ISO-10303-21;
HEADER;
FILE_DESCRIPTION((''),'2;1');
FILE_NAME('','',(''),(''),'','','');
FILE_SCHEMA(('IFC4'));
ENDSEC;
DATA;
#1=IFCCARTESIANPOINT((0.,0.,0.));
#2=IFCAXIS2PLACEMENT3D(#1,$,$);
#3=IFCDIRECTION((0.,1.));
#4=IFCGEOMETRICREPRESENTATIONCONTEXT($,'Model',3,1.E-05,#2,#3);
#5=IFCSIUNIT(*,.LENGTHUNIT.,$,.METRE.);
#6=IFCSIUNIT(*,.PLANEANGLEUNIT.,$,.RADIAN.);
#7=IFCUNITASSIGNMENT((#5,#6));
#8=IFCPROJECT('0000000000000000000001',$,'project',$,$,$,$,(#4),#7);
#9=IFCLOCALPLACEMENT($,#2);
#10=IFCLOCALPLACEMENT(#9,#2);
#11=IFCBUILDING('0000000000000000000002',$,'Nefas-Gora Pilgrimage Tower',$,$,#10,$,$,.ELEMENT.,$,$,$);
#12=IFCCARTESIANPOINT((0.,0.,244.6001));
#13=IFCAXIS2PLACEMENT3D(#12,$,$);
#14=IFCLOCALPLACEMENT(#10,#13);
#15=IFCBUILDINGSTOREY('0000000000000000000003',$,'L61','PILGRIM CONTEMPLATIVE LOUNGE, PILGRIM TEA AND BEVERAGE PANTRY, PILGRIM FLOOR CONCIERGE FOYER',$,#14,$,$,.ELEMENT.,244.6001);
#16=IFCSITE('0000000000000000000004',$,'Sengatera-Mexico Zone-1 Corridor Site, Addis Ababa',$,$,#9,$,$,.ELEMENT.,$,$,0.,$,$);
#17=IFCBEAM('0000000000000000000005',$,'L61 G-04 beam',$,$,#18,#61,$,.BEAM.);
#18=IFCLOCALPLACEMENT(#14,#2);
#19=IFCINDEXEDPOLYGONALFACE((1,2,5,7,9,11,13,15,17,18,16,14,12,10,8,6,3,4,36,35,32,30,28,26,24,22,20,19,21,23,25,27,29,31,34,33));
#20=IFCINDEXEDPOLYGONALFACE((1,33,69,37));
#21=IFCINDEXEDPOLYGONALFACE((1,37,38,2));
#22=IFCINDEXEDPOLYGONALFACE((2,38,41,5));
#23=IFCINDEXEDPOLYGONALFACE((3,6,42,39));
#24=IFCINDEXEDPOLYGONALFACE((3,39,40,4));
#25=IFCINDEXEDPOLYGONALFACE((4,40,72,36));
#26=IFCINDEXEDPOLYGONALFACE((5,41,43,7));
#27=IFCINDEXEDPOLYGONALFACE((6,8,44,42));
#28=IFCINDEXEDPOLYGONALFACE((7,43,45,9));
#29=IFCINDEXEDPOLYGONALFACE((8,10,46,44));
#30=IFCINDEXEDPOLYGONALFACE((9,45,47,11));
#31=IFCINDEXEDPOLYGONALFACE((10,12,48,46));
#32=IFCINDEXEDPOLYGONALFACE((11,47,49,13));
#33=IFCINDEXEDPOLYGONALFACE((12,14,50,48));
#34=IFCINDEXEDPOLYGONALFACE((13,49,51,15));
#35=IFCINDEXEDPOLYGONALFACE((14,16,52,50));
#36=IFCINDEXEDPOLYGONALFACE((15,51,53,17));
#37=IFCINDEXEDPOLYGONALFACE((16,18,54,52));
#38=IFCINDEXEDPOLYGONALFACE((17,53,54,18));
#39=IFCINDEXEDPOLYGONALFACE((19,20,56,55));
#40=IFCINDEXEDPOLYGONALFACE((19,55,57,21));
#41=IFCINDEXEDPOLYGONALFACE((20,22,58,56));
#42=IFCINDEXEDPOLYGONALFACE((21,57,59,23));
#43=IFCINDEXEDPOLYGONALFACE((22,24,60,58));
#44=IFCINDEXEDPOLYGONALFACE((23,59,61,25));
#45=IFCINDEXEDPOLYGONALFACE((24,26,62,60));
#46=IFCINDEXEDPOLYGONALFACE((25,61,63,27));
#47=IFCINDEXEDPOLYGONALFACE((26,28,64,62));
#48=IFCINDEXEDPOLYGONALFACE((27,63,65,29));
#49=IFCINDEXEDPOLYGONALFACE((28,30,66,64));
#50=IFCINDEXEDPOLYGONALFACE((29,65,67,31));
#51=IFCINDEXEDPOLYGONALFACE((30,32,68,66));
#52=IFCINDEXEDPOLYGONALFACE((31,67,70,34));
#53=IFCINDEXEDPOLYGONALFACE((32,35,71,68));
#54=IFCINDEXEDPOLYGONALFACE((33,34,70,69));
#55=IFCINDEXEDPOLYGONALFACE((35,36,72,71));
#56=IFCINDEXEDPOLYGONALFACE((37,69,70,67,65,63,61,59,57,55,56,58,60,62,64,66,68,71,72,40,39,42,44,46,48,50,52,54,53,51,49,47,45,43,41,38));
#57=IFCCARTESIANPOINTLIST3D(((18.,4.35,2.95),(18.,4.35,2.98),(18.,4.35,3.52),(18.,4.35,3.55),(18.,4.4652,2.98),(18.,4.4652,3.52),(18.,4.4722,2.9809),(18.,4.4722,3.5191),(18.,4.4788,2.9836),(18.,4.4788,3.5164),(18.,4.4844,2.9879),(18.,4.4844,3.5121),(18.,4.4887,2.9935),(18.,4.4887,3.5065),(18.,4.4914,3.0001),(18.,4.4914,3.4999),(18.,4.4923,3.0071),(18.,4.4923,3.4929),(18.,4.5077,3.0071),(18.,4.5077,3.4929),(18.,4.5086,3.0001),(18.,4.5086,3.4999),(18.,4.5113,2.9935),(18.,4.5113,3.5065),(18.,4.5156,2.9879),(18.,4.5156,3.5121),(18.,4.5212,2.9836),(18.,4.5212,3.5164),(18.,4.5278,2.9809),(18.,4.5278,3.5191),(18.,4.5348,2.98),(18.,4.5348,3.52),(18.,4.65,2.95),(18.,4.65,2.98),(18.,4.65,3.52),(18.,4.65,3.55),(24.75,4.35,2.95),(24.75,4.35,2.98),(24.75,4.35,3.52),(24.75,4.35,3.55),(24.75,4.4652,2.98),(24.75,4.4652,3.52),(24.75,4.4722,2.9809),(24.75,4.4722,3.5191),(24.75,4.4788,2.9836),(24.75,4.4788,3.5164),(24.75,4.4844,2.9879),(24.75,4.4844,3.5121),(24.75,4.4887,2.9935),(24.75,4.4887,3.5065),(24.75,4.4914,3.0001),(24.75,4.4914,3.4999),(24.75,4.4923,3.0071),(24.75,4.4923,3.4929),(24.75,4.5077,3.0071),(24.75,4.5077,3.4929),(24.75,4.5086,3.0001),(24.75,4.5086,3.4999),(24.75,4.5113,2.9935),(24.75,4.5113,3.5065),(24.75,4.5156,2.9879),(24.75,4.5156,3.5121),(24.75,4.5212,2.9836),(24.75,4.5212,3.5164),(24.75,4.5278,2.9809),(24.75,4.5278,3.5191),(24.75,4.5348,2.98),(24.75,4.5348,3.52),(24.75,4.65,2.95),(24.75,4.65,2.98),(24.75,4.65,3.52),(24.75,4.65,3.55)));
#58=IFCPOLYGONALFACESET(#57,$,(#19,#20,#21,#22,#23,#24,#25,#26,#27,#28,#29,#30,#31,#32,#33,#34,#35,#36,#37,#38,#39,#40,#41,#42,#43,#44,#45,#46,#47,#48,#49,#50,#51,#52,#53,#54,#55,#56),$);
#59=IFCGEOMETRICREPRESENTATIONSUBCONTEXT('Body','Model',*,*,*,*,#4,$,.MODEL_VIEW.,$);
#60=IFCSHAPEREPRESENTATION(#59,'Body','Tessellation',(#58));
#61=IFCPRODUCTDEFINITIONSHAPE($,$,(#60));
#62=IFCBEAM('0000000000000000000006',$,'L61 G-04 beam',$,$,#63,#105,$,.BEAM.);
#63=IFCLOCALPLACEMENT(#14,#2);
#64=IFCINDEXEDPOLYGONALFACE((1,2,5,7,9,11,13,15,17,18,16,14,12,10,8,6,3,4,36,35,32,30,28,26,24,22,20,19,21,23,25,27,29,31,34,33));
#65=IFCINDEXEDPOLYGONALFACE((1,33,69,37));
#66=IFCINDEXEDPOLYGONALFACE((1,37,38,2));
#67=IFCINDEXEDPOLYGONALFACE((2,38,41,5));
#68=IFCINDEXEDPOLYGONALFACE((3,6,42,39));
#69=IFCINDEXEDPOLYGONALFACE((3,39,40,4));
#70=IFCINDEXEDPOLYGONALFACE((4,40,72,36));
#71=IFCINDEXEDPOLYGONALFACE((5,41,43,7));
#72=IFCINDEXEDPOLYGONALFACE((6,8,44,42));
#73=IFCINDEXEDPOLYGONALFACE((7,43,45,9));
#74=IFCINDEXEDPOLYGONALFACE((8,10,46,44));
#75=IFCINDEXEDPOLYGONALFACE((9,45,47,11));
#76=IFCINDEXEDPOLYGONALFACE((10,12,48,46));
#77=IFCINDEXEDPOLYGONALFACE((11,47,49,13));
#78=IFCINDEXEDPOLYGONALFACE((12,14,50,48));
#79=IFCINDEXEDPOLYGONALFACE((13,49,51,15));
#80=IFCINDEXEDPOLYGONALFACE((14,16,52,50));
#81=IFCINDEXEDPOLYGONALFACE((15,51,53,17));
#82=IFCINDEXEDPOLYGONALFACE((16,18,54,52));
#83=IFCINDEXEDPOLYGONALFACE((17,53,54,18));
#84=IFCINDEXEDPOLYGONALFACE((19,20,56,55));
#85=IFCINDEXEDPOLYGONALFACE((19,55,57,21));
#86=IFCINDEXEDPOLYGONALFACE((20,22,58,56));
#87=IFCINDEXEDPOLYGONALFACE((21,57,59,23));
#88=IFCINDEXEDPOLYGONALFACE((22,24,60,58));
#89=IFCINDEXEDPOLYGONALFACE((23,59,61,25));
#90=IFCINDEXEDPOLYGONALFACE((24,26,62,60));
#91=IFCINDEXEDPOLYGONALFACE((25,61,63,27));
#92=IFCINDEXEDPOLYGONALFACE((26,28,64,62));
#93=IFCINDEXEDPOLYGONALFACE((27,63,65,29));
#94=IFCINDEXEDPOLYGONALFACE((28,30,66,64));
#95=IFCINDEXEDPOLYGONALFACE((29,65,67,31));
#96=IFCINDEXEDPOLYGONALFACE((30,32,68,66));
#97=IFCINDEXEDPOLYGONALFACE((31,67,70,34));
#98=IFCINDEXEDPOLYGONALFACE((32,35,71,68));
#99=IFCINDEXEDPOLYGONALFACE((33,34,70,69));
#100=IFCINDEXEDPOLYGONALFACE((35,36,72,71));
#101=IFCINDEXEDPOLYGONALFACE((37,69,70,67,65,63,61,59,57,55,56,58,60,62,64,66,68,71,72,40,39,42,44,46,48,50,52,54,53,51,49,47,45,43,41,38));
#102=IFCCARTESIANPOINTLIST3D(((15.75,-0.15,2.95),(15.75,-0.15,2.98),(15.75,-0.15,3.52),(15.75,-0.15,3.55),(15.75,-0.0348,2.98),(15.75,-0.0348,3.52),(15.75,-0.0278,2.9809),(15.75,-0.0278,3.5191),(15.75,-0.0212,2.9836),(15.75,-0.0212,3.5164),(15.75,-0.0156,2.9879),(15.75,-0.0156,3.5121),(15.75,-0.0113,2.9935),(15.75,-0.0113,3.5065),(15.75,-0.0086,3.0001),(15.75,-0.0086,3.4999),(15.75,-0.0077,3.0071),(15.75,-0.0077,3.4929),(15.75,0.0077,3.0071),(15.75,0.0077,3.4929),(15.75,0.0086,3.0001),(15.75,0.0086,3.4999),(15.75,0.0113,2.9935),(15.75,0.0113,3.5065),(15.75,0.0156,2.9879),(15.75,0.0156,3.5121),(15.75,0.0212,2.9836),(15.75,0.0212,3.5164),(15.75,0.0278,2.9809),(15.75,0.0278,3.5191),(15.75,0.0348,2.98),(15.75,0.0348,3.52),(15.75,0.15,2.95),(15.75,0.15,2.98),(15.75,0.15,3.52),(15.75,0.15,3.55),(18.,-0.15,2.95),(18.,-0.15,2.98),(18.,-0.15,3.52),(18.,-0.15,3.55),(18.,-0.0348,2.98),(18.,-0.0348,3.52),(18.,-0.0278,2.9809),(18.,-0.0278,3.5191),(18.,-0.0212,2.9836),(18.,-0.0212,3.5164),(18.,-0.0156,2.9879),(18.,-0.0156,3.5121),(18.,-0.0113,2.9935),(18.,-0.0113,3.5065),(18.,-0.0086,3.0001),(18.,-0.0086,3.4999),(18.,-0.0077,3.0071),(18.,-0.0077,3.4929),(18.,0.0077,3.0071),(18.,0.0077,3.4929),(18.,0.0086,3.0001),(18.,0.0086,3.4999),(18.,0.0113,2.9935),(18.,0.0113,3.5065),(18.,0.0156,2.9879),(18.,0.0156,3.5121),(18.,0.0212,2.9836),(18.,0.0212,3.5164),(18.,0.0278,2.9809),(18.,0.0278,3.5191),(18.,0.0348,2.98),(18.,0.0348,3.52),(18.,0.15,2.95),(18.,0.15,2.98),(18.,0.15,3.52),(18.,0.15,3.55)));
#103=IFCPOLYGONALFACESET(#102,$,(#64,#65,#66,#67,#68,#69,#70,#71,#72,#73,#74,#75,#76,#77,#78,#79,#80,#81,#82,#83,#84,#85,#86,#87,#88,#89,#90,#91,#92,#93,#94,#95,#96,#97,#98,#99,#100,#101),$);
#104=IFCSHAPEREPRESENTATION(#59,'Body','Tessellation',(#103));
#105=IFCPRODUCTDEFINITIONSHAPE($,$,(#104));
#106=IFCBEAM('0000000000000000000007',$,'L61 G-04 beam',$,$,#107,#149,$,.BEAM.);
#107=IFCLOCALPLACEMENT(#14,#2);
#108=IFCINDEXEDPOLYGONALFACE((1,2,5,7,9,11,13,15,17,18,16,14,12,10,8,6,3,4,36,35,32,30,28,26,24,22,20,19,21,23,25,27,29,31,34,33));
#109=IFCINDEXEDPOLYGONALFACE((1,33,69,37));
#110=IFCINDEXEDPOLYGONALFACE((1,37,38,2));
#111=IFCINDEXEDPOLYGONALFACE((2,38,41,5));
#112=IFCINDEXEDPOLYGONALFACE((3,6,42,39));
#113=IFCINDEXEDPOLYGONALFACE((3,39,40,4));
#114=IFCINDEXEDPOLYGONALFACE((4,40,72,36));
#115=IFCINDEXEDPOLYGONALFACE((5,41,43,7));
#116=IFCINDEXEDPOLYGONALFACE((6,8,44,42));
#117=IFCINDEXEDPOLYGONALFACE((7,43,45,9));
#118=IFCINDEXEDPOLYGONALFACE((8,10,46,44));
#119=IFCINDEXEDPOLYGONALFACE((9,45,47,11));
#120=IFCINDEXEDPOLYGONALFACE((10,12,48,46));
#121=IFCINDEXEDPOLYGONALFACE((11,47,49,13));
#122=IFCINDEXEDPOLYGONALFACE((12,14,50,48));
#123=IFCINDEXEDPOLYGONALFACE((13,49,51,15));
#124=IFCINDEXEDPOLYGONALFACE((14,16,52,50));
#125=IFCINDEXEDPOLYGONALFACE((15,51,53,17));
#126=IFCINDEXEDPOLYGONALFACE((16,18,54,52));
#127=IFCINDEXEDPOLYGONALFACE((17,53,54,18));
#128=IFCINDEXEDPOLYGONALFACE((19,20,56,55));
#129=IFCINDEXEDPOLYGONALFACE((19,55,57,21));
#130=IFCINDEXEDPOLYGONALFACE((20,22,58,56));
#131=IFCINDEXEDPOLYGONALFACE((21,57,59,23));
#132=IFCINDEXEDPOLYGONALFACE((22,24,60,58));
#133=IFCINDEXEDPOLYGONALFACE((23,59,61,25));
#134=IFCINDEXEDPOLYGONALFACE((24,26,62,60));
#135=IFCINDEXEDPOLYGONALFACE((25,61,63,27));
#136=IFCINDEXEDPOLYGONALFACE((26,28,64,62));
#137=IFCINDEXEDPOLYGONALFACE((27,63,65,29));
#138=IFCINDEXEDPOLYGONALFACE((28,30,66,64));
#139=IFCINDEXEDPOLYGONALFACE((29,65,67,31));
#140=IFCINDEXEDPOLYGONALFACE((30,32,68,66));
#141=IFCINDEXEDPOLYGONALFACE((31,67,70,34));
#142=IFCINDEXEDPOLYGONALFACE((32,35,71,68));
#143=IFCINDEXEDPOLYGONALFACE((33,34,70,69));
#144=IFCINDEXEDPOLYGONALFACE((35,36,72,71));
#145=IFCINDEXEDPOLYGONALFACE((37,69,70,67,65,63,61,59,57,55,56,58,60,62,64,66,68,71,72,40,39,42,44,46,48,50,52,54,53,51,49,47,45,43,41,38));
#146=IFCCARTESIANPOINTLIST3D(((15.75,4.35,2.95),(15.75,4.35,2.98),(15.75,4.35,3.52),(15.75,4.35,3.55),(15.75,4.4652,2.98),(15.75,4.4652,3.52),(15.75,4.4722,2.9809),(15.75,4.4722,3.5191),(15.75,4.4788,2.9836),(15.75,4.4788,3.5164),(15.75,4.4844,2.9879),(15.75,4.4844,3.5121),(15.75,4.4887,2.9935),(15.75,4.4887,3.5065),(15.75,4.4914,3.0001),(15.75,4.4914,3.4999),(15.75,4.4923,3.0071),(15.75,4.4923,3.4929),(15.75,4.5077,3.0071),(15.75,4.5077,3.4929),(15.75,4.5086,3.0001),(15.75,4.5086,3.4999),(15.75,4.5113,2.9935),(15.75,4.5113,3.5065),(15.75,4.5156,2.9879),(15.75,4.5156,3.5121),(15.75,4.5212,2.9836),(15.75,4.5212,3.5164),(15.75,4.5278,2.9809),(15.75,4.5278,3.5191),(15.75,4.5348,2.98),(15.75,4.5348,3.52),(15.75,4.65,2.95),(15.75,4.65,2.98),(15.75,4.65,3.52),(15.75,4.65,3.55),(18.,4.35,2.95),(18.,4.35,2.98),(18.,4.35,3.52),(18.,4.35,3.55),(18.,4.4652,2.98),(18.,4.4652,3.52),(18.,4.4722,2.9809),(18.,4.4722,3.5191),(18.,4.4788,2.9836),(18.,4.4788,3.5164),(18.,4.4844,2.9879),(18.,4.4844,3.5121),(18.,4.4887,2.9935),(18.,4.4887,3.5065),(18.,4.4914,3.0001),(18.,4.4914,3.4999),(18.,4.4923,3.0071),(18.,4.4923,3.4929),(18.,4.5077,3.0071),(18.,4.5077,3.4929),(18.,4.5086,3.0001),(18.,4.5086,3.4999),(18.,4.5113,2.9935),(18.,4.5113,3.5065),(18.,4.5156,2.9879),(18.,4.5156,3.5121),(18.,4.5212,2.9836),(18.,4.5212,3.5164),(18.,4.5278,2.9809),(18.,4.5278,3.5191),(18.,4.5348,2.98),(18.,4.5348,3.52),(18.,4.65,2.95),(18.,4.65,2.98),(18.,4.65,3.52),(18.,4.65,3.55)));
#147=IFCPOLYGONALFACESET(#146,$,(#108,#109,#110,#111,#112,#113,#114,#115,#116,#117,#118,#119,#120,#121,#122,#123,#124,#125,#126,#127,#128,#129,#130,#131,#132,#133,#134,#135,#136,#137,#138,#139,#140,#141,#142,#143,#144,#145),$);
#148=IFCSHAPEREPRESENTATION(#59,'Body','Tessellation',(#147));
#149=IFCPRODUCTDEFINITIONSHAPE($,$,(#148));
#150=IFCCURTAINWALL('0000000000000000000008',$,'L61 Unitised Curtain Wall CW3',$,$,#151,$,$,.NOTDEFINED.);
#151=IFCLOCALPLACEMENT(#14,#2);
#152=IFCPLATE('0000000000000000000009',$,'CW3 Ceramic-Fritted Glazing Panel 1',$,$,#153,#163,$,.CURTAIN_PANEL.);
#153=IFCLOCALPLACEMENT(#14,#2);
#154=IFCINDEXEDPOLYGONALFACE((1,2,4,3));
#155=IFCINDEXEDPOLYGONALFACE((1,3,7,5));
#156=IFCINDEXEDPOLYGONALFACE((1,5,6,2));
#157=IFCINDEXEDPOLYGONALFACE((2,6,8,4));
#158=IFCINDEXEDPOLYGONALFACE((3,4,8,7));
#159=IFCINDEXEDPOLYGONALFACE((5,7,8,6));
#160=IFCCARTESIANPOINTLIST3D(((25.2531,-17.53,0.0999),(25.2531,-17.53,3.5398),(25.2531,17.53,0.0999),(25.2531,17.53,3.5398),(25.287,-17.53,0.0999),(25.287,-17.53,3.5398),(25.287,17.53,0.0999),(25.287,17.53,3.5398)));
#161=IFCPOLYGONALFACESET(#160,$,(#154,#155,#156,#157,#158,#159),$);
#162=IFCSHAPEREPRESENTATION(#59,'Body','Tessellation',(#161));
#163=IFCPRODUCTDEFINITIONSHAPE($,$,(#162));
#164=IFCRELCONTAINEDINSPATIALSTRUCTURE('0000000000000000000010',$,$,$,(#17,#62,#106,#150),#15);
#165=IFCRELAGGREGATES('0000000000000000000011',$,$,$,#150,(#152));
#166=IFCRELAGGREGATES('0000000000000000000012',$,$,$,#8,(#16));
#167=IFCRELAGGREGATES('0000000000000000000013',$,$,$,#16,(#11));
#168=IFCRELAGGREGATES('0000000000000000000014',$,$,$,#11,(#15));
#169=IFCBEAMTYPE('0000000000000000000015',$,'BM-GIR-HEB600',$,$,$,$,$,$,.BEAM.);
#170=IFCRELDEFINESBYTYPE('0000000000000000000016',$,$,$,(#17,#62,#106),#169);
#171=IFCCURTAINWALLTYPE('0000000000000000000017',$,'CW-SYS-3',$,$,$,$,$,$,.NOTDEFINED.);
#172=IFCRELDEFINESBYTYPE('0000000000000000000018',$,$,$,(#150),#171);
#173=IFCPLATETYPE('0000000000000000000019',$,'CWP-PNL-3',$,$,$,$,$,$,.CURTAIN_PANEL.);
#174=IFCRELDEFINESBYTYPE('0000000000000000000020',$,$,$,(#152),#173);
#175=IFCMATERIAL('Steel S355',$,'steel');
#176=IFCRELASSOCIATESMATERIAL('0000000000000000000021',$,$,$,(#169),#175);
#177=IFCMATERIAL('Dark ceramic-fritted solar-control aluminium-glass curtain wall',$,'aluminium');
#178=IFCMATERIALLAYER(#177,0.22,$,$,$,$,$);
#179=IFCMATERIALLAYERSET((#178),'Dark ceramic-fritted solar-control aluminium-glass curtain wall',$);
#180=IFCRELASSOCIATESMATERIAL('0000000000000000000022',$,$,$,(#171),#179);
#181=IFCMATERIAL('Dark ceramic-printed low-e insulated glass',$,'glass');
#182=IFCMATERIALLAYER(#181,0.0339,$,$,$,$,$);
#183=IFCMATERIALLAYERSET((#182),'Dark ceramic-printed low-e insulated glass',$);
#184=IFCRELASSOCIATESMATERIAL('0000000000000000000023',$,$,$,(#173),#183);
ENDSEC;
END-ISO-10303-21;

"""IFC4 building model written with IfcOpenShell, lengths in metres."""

from ifc_helpers import new_model, si_unit, direction, frame, origin, origin_2d, place, context, subcontext, project, spatial, rectangle, i_section, extrude, source, transform, mapped, material, layer, layer_set, material_profile, profile_set, type_object, element, aggregate, save


model = new_model("IFC4")

# Units and contexts
model_context = context("Model", 3, precision=1e-05, world=origin(), true_north=direction((0.0, 1.0)))
body_context = subcontext(model_context, "Body", "Model", "MODEL_VIEW")
ifc_project = project(units=[si_unit("LENGTHUNIT", "METRE"), si_unit("PLANEANGLEUNIT", "RADIAN")], contexts=[model_context])

# Site, building, storey
site_placement = place(None, origin())
site = spatial("IfcSite", under=ifc_project, at=site_placement, Name="Sengatera-Mexico Zone-1 Corridor Site, Addis Ababa", CompositionType="ELEMENT", RefElevation=0.0)
building_placement = place(site_placement, origin())
building = spatial("IfcBuilding", under=site, at=building_placement, Name="Nefas-Gora Pilgrimage Tower", CompositionType="ELEMENT")
storey_placement = place(building_placement, frame((0.0, 0.0, 244.6001)))
storey = spatial("IfcBuildingStorey", under=building, at=storey_placement, Name="L61", Description="PILGRIM CONTEMPLATIVE LOUNGE, PILGRIM TEA AND BEVERAGE PANTRY, PILGRIM FLOOR CONCIERGE FOYER", CompositionType="ELEMENT", Elevation=244.6001)

# Beams
ifc_material_1 = material(Name="Steel S355", Category="steel")
ifc_material_profile_1 = material_profile(ifc_material_1, i_section(OverallWidth=0.3, OverallDepth=0.6001, WebThickness=0.0154, FlangeThickness=0.03, FilletRadius=0.0271, at=origin_2d()), Name="HEB 600")
ifc_profile_set_1 = profile_set([ifc_material_profile_1], Name="Steel S355")
beam_type_1 = type_object("IfcBeamType", Name="BM-GIR-HEB600", PredefinedType="BEAM", material=ifc_profile_set_1)
shared_shape_1 = source(origin(), body_context, "Body", "SweptSolid", [
    extrude(i_section(OverallWidth=0.3, OverallDepth=0.6001, WebThickness=0.0154, FlangeThickness=0.03, FilletRadius=0.0271, at=origin_2d()), origin(), (0.0, 0.0, 1.0), 6.75),
])
for number, where, z_axis, x_axis, name in (
    (1, (18.0, 4.5, 3.25), (1.0, 0.0, 0.0), (0.0, 1.0, 0.0), "L61 G-04 beam"),
):
    element("IfcBeam", number, at=place(storey_placement, frame(where, z_axis=z_axis, x_axis=x_axis)), inside=storey, type_object=beam_type_1, Name=name, PredefinedType="BEAM", context=body_context, shape_type="MappedRepresentation", body=[
        mapped(shared_shape_1, transform((0.0, 0.0, 0.0), x_axis=(1.0, 0.0, 0.0), y_axis=(0.0, 1.0, 0.0), z_axis=(0.0, 0.0, 1.0), scale=1.0)),
    ])
shared_shape_2 = source(origin(), body_context, "Body", "SweptSolid", [
    extrude(i_section(OverallWidth=0.3, OverallDepth=0.6001, WebThickness=0.0154, FlangeThickness=0.03, FilletRadius=0.0271, at=origin_2d()), origin(), (0.0, 0.0, 1.0), 2.25),
])
for number, where, z_axis, x_axis, name in (
    (2, (15.75, 0.0, 3.25), (1.0, 0.0, 0.0), (0.0, 1.0, 0.0), "L61 G-04 beam"),
    (3, (15.75, 4.5, 3.25), (1.0, 0.0, 0.0), (0.0, 1.0, 0.0), "L61 G-04 beam"),
):
    element("IfcBeam", number, at=place(storey_placement, frame(where, z_axis=z_axis, x_axis=x_axis)), inside=storey, type_object=beam_type_1, Name=name, PredefinedType="BEAM", context=body_context, shape_type="MappedRepresentation", body=[
        mapped(shared_shape_2, transform((0.0, 0.0, 0.0), x_axis=(1.0, 0.0, 0.0), y_axis=(0.0, 1.0, 0.0), z_axis=(0.0, 0.0, 1.0), scale=1.0)),
    ])

# Curtain wall, plate
ifc_material_2 = material(Name="Dark ceramic-fritted solar-control aluminium-glass curtain wall", Category="aluminium")
ifc_layer_1 = layer(ifc_material_2, 0.22)
ifc_layer_set_1 = layer_set([ifc_layer_1], Name="Dark ceramic-fritted solar-control aluminium-glass curtain wall")
curtain_wall_type = type_object("IfcCurtainWallType", Name="CW-SYS-3", PredefinedType="NOTDEFINED", material=ifc_layer_set_1)
curtain_wall_placement = place(storey_placement, origin())
curtain_wall = element("IfcCurtainWall", 4, at=curtain_wall_placement, inside=storey, type_object=curtain_wall_type, Name="L61 Unitised Curtain Wall CW3", PredefinedType="NOTDEFINED")
ifc_material_3 = material(Name="Dark ceramic-printed low-e insulated glass", Category="glass")
ifc_layer_2 = layer(ifc_material_3, 0.0339)
ifc_layer_set_2 = layer_set([ifc_layer_2], Name="Dark ceramic-printed low-e insulated glass")
plate_type = type_object("IfcPlateType", Name="CWP-PNL-3", PredefinedType="CURTAIN_PANEL", material=ifc_layer_set_2)
shared_shape_3 = source(origin(), body_context, "Body", "SweptSolid", [
    extrude(rectangle(XDim=35.0601, YDim=0.0339, at=origin_2d()), origin(), (0.0, 0.0, 1.0), 3.4399),
])
plate_placement = place(storey_placement, frame((25.27, 0.0, 0.0999), z_axis=(0.0, 0.0, 1.0), x_axis=(0.0, 1.0, 0.0)))
plate = element("IfcPlate", 5, at=plate_placement, type_object=plate_type, Name="CW3 Ceramic-Fritted Glazing Panel 1", PredefinedType="CURTAIN_PANEL", context=body_context, shape_type="MappedRepresentation", body=[
    mapped(shared_shape_3, transform((0.0, 0.0, 0.0), x_axis=(1.0, 0.0, 0.0), y_axis=(0.0, 1.0, 0.0), z_axis=(0.0, 0.0, 1.0), scale=1.0)),
])
aggregate(curtain_wall, [plate])

save(model, "model.ifc")
